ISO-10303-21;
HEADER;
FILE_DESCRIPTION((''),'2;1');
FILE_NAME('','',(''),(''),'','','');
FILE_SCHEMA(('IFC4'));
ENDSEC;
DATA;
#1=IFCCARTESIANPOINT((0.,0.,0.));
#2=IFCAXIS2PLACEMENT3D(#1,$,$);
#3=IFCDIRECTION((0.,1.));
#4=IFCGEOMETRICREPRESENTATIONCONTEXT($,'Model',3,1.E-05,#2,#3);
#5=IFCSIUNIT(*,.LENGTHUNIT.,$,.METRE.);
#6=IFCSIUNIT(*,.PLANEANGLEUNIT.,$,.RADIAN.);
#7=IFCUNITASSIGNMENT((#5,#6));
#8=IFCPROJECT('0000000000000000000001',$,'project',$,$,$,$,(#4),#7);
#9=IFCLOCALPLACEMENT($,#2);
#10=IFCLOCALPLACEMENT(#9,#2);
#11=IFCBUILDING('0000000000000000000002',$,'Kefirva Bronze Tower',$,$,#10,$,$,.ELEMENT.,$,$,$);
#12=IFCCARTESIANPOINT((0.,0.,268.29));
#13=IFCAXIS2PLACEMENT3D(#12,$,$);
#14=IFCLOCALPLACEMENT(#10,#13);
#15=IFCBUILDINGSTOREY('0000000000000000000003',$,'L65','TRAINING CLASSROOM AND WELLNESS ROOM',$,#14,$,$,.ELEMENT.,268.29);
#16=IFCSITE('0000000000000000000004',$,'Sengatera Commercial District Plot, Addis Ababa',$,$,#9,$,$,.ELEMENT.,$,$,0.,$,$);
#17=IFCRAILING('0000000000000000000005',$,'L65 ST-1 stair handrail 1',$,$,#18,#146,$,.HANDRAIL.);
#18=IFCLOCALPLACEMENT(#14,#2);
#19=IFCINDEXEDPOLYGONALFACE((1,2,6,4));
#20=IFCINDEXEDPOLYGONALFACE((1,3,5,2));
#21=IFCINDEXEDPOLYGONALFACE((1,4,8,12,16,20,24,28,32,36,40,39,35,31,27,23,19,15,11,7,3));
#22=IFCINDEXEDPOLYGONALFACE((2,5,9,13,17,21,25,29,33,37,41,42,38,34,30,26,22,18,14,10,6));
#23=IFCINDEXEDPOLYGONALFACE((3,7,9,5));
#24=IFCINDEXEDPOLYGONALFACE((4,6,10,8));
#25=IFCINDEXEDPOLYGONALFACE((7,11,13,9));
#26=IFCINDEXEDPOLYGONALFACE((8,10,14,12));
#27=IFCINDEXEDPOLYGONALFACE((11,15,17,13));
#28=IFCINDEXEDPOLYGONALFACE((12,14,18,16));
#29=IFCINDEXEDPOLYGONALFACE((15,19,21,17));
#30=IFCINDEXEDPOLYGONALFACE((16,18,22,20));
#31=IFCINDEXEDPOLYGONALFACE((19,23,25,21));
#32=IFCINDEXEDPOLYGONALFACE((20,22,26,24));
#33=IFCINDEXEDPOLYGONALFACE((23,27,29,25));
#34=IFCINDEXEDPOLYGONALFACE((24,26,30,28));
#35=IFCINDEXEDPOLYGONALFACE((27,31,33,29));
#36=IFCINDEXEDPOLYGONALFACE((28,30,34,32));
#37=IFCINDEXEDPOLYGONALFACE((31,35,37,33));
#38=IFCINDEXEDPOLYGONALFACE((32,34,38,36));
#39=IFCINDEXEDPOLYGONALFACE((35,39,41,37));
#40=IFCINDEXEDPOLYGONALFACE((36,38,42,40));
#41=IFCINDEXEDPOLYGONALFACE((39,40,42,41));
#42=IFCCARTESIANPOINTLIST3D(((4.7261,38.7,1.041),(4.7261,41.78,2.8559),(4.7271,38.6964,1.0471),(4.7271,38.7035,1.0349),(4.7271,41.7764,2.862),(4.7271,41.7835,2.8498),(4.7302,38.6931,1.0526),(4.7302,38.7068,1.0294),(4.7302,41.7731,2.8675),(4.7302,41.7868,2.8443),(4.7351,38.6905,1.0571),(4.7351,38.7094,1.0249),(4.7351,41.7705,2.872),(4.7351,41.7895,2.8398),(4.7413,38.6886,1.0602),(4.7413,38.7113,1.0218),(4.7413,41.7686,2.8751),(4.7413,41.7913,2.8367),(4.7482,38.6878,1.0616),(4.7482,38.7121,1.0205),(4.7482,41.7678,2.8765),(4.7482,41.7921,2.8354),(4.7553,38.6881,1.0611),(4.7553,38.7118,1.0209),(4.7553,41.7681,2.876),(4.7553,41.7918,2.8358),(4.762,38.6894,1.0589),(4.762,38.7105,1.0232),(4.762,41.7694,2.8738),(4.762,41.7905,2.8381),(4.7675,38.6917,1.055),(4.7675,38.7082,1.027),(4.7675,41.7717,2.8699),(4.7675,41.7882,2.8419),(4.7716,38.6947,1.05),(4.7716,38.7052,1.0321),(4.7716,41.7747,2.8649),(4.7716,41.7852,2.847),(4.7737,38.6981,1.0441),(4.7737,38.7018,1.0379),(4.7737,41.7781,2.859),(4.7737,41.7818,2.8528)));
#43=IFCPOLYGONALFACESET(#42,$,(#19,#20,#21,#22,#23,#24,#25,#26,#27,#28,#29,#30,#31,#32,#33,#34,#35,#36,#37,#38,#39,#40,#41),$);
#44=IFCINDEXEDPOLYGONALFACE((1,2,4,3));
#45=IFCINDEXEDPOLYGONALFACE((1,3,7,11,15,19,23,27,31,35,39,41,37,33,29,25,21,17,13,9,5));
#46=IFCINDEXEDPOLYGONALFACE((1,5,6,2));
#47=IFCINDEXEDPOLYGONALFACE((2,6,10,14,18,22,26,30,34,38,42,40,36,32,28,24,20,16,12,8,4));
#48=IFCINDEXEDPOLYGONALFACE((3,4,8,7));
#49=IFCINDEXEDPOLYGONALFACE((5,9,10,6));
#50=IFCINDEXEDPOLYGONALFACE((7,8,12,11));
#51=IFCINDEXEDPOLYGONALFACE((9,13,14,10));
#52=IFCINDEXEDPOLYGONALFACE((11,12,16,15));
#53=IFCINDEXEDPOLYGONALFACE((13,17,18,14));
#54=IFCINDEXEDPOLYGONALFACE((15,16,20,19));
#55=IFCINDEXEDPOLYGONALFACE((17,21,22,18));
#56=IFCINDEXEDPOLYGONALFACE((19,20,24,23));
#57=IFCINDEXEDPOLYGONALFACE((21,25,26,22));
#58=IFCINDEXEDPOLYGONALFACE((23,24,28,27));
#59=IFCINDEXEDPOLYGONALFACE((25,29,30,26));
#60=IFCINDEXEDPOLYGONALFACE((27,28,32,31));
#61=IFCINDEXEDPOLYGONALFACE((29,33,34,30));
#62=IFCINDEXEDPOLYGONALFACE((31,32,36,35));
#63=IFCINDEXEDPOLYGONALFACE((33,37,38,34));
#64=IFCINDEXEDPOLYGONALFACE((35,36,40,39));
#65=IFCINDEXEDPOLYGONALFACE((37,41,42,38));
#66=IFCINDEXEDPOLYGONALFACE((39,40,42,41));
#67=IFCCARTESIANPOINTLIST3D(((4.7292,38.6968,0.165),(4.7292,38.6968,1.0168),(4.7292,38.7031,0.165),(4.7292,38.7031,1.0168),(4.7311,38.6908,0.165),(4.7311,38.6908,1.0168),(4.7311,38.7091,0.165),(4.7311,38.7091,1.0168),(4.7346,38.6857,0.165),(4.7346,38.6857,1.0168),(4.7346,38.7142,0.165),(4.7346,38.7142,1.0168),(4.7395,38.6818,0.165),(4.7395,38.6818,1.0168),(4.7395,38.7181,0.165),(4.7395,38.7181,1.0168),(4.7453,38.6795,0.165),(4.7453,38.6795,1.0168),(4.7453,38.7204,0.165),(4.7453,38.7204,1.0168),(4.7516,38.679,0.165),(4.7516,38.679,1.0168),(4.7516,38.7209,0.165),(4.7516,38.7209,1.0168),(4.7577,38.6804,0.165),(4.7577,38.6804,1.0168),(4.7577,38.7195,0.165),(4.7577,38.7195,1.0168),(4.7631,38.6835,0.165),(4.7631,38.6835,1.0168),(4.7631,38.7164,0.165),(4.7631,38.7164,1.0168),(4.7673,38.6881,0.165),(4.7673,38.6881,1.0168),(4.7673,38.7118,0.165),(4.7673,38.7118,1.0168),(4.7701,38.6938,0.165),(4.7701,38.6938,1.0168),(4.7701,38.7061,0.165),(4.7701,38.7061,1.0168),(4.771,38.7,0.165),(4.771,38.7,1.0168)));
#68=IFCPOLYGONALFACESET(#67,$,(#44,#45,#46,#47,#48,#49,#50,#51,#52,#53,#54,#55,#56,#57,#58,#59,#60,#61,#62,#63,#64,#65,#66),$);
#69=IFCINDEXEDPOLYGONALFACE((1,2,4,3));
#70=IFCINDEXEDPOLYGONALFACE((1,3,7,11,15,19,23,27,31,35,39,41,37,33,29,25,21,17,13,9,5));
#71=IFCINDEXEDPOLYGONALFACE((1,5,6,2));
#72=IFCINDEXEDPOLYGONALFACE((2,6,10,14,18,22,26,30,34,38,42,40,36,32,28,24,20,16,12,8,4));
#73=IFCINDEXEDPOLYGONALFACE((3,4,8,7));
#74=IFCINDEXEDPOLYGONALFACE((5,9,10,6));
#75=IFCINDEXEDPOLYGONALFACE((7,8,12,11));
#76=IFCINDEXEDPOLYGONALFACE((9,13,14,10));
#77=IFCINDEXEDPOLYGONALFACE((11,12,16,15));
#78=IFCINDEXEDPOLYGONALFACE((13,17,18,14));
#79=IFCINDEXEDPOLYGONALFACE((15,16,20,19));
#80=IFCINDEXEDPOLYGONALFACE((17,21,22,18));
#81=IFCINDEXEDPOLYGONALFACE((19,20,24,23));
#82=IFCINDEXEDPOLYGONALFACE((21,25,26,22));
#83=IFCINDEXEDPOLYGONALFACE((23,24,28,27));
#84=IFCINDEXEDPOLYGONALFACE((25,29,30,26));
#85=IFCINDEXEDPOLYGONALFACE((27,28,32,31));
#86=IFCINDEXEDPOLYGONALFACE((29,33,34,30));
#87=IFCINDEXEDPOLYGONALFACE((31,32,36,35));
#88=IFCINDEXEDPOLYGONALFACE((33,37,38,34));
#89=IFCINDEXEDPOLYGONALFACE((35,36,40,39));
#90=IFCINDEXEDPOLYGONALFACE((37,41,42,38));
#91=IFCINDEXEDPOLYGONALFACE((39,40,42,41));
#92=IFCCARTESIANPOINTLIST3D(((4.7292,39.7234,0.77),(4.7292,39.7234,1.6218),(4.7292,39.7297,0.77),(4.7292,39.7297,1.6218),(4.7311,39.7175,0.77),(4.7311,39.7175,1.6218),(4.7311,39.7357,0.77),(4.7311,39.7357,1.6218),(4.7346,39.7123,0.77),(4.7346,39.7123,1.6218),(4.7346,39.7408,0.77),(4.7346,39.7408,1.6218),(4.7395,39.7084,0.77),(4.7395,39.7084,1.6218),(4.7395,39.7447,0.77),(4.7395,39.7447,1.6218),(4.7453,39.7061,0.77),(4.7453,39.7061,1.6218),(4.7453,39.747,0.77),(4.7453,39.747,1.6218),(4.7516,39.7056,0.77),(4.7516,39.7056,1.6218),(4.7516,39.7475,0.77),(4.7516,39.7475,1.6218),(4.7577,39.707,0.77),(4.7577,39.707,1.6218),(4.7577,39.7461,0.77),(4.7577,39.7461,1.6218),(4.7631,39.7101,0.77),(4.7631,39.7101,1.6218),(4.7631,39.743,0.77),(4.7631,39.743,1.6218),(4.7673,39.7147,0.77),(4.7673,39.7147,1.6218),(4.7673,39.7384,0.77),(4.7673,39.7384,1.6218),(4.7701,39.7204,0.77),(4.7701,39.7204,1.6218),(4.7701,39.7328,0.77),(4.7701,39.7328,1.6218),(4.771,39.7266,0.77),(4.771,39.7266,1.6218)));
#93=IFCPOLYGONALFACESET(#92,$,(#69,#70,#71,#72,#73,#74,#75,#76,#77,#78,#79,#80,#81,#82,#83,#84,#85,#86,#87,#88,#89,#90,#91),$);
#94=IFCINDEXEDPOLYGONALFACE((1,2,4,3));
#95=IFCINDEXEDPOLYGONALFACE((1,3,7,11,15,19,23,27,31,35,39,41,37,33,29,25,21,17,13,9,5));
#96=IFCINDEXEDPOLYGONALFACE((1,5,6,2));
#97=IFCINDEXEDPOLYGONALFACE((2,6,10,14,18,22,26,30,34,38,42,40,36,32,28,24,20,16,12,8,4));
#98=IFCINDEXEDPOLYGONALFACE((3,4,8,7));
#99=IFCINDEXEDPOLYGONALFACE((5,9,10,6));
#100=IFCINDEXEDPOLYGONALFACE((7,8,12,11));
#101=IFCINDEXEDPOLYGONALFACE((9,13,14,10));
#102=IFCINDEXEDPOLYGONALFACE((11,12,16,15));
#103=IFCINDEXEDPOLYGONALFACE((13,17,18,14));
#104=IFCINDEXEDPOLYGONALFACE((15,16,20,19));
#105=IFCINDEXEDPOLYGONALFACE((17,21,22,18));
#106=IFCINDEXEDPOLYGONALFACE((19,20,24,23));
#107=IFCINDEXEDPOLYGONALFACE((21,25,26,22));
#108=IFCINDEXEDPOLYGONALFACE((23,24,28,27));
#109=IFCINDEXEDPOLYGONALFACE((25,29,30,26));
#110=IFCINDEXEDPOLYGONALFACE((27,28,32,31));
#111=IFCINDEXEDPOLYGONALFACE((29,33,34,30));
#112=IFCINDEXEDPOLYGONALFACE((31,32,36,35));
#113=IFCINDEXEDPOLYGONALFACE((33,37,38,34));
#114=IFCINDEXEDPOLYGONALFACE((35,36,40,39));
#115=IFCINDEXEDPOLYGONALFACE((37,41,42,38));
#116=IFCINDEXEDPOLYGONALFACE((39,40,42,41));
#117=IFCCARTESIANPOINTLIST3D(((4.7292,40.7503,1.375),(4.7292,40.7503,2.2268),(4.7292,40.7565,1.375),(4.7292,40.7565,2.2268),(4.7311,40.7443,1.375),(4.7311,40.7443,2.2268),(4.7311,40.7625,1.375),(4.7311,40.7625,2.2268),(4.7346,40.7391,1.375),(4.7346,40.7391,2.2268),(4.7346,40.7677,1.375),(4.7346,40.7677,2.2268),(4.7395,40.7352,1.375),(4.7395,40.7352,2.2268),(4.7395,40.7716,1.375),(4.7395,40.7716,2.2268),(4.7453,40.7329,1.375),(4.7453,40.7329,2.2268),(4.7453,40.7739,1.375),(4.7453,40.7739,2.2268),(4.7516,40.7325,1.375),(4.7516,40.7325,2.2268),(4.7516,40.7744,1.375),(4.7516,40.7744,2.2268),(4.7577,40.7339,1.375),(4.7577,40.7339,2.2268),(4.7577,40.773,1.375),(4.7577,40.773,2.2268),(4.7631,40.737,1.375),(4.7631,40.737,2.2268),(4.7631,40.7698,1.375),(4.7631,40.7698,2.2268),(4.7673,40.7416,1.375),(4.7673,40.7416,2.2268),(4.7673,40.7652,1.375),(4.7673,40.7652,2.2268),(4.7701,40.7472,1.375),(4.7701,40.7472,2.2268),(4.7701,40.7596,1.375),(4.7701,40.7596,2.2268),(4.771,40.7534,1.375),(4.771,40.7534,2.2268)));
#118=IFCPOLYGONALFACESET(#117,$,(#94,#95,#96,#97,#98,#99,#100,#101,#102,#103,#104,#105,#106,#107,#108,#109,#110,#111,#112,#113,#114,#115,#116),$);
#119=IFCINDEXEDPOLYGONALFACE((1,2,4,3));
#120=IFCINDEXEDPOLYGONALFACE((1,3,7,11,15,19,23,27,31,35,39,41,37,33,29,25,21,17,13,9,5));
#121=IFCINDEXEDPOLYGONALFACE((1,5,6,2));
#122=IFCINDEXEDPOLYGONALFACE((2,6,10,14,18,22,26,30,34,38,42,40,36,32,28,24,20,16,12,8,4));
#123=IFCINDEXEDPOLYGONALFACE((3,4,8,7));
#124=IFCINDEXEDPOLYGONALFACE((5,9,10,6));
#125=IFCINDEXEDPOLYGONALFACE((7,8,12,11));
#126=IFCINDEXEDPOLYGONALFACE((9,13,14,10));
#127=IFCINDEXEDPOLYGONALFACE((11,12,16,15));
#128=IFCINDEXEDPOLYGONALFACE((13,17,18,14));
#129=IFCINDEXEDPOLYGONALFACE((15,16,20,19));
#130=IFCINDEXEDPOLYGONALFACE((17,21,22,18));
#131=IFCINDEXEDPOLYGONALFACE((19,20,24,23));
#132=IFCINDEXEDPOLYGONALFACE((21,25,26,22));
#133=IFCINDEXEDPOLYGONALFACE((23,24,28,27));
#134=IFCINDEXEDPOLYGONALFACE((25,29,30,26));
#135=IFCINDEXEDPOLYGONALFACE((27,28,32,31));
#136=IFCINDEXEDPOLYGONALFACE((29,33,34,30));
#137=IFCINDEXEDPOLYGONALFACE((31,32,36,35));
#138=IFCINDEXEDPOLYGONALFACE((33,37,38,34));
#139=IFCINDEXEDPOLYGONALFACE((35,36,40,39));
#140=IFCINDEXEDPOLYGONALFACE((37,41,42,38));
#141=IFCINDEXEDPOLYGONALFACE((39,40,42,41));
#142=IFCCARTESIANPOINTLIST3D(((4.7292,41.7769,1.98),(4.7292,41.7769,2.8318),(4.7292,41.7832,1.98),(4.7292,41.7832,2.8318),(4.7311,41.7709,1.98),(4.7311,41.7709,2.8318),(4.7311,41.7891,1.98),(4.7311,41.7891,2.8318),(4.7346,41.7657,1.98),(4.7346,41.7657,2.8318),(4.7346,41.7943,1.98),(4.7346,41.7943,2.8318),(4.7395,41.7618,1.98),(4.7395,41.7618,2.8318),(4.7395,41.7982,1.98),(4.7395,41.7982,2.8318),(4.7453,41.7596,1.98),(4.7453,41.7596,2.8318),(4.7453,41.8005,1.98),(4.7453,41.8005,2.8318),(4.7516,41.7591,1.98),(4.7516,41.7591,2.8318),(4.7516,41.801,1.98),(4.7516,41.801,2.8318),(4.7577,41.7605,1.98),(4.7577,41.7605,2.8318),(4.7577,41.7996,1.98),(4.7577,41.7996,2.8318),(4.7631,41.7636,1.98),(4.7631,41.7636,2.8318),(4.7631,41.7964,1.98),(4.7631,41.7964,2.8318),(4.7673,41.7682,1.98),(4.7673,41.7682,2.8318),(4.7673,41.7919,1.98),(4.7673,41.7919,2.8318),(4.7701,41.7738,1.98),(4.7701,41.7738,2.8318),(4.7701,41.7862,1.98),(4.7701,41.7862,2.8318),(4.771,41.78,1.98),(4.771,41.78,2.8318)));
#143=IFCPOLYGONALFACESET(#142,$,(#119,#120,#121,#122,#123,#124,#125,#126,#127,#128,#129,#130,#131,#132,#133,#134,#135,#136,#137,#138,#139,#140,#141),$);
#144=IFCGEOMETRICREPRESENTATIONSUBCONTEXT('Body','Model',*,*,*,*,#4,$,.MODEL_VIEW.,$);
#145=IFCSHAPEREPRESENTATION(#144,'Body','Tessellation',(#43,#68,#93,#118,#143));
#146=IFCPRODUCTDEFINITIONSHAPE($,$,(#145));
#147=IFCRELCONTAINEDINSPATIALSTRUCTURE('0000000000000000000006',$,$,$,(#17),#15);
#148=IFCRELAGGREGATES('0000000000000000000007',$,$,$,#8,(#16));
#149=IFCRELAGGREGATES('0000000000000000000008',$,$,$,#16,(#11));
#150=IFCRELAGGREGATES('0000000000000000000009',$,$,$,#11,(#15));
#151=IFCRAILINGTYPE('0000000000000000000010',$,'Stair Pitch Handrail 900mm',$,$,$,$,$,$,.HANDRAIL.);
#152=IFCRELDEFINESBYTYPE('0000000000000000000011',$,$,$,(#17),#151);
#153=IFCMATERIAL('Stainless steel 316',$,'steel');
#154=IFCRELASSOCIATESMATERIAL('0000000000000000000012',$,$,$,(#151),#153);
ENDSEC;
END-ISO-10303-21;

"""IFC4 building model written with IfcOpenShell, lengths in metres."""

from ifc_helpers import new_model, si_unit, direction, frame, origin, origin_2d, place, context, subcontext, project, spatial, circle, extrude, material, type_object, element, save


model = new_model("IFC4")

# Units and contexts
model_context = context("Model", 3, precision=1e-05, world=origin(), true_north=direction((0.0, 1.0)))
body_context = subcontext(model_context, "Body", "Model", "MODEL_VIEW")
ifc_project = project(units=[si_unit("LENGTHUNIT", "METRE"), si_unit("PLANEANGLEUNIT", "RADIAN")], contexts=[model_context])

# Site, building, storey
site_placement = place(None, origin())
site = spatial("IfcSite", under=ifc_project, at=site_placement, Name="Sengatera Commercial District Plot, Addis Ababa", CompositionType="ELEMENT", RefElevation=0.0)
building_placement = place(site_placement, origin())
building = spatial("IfcBuilding", under=site, at=building_placement, Name="Kefirva Bronze Tower", CompositionType="ELEMENT")
storey_placement = place(building_placement, frame((0.0, 0.0, 268.29)))
storey = spatial("IfcBuildingStorey", under=building, at=storey_placement, Name="L65", Description="TRAINING CLASSROOM AND WELLNESS ROOM", CompositionType="ELEMENT", Elevation=268.29)

# Shared definitions
ifc_material_1 = material(Name="Stainless steel 316", Category="steel")

# Railing
railing_type = type_object("IfcRailingType", Name="Stair Pitch Handrail 900mm", PredefinedType="HANDRAIL", material=ifc_material_1)
railing_placement = place(storey_placement, frame((4.75, 38.7, 0.165)))
element("IfcRailing", 1, at=railing_placement, inside=storey, type_object=railing_type, Name="L65 ST-1 stair handrail 1", PredefinedType="HANDRAIL", context=body_context, shape_type="SweptSolid", body=[
    extrude(circle(Radius=0.0239, at=origin_2d()), frame((0.0, 0.0, 0.876), z_axis=(0.0, 0.861551, 0.507671), x_axis=(-1.0, 0.0, 0.0)), (0.0, 0.0, 1.0), 3.575),
    extrude(circle(Radius=0.021, at=origin_2d()), origin(), (0.0, 0.0, 1.0), 0.8518),
    extrude(circle(Radius=0.021, at=origin_2d()), frame((0.0, 1.0266, 0.605)), (0.0, 0.0, 1.0), 0.8518),
    extrude(circle(Radius=0.021, at=origin_2d()), frame((0.0, 2.0535, 1.21)), (0.0, 0.0, 1.0), 0.8518),
    extrude(circle(Radius=0.021, at=origin_2d()), frame((0.0, 3.0801, 1.8149)), (0.0, 0.0, 1.0), 0.8518),
])

save(model, "model.ifc")
